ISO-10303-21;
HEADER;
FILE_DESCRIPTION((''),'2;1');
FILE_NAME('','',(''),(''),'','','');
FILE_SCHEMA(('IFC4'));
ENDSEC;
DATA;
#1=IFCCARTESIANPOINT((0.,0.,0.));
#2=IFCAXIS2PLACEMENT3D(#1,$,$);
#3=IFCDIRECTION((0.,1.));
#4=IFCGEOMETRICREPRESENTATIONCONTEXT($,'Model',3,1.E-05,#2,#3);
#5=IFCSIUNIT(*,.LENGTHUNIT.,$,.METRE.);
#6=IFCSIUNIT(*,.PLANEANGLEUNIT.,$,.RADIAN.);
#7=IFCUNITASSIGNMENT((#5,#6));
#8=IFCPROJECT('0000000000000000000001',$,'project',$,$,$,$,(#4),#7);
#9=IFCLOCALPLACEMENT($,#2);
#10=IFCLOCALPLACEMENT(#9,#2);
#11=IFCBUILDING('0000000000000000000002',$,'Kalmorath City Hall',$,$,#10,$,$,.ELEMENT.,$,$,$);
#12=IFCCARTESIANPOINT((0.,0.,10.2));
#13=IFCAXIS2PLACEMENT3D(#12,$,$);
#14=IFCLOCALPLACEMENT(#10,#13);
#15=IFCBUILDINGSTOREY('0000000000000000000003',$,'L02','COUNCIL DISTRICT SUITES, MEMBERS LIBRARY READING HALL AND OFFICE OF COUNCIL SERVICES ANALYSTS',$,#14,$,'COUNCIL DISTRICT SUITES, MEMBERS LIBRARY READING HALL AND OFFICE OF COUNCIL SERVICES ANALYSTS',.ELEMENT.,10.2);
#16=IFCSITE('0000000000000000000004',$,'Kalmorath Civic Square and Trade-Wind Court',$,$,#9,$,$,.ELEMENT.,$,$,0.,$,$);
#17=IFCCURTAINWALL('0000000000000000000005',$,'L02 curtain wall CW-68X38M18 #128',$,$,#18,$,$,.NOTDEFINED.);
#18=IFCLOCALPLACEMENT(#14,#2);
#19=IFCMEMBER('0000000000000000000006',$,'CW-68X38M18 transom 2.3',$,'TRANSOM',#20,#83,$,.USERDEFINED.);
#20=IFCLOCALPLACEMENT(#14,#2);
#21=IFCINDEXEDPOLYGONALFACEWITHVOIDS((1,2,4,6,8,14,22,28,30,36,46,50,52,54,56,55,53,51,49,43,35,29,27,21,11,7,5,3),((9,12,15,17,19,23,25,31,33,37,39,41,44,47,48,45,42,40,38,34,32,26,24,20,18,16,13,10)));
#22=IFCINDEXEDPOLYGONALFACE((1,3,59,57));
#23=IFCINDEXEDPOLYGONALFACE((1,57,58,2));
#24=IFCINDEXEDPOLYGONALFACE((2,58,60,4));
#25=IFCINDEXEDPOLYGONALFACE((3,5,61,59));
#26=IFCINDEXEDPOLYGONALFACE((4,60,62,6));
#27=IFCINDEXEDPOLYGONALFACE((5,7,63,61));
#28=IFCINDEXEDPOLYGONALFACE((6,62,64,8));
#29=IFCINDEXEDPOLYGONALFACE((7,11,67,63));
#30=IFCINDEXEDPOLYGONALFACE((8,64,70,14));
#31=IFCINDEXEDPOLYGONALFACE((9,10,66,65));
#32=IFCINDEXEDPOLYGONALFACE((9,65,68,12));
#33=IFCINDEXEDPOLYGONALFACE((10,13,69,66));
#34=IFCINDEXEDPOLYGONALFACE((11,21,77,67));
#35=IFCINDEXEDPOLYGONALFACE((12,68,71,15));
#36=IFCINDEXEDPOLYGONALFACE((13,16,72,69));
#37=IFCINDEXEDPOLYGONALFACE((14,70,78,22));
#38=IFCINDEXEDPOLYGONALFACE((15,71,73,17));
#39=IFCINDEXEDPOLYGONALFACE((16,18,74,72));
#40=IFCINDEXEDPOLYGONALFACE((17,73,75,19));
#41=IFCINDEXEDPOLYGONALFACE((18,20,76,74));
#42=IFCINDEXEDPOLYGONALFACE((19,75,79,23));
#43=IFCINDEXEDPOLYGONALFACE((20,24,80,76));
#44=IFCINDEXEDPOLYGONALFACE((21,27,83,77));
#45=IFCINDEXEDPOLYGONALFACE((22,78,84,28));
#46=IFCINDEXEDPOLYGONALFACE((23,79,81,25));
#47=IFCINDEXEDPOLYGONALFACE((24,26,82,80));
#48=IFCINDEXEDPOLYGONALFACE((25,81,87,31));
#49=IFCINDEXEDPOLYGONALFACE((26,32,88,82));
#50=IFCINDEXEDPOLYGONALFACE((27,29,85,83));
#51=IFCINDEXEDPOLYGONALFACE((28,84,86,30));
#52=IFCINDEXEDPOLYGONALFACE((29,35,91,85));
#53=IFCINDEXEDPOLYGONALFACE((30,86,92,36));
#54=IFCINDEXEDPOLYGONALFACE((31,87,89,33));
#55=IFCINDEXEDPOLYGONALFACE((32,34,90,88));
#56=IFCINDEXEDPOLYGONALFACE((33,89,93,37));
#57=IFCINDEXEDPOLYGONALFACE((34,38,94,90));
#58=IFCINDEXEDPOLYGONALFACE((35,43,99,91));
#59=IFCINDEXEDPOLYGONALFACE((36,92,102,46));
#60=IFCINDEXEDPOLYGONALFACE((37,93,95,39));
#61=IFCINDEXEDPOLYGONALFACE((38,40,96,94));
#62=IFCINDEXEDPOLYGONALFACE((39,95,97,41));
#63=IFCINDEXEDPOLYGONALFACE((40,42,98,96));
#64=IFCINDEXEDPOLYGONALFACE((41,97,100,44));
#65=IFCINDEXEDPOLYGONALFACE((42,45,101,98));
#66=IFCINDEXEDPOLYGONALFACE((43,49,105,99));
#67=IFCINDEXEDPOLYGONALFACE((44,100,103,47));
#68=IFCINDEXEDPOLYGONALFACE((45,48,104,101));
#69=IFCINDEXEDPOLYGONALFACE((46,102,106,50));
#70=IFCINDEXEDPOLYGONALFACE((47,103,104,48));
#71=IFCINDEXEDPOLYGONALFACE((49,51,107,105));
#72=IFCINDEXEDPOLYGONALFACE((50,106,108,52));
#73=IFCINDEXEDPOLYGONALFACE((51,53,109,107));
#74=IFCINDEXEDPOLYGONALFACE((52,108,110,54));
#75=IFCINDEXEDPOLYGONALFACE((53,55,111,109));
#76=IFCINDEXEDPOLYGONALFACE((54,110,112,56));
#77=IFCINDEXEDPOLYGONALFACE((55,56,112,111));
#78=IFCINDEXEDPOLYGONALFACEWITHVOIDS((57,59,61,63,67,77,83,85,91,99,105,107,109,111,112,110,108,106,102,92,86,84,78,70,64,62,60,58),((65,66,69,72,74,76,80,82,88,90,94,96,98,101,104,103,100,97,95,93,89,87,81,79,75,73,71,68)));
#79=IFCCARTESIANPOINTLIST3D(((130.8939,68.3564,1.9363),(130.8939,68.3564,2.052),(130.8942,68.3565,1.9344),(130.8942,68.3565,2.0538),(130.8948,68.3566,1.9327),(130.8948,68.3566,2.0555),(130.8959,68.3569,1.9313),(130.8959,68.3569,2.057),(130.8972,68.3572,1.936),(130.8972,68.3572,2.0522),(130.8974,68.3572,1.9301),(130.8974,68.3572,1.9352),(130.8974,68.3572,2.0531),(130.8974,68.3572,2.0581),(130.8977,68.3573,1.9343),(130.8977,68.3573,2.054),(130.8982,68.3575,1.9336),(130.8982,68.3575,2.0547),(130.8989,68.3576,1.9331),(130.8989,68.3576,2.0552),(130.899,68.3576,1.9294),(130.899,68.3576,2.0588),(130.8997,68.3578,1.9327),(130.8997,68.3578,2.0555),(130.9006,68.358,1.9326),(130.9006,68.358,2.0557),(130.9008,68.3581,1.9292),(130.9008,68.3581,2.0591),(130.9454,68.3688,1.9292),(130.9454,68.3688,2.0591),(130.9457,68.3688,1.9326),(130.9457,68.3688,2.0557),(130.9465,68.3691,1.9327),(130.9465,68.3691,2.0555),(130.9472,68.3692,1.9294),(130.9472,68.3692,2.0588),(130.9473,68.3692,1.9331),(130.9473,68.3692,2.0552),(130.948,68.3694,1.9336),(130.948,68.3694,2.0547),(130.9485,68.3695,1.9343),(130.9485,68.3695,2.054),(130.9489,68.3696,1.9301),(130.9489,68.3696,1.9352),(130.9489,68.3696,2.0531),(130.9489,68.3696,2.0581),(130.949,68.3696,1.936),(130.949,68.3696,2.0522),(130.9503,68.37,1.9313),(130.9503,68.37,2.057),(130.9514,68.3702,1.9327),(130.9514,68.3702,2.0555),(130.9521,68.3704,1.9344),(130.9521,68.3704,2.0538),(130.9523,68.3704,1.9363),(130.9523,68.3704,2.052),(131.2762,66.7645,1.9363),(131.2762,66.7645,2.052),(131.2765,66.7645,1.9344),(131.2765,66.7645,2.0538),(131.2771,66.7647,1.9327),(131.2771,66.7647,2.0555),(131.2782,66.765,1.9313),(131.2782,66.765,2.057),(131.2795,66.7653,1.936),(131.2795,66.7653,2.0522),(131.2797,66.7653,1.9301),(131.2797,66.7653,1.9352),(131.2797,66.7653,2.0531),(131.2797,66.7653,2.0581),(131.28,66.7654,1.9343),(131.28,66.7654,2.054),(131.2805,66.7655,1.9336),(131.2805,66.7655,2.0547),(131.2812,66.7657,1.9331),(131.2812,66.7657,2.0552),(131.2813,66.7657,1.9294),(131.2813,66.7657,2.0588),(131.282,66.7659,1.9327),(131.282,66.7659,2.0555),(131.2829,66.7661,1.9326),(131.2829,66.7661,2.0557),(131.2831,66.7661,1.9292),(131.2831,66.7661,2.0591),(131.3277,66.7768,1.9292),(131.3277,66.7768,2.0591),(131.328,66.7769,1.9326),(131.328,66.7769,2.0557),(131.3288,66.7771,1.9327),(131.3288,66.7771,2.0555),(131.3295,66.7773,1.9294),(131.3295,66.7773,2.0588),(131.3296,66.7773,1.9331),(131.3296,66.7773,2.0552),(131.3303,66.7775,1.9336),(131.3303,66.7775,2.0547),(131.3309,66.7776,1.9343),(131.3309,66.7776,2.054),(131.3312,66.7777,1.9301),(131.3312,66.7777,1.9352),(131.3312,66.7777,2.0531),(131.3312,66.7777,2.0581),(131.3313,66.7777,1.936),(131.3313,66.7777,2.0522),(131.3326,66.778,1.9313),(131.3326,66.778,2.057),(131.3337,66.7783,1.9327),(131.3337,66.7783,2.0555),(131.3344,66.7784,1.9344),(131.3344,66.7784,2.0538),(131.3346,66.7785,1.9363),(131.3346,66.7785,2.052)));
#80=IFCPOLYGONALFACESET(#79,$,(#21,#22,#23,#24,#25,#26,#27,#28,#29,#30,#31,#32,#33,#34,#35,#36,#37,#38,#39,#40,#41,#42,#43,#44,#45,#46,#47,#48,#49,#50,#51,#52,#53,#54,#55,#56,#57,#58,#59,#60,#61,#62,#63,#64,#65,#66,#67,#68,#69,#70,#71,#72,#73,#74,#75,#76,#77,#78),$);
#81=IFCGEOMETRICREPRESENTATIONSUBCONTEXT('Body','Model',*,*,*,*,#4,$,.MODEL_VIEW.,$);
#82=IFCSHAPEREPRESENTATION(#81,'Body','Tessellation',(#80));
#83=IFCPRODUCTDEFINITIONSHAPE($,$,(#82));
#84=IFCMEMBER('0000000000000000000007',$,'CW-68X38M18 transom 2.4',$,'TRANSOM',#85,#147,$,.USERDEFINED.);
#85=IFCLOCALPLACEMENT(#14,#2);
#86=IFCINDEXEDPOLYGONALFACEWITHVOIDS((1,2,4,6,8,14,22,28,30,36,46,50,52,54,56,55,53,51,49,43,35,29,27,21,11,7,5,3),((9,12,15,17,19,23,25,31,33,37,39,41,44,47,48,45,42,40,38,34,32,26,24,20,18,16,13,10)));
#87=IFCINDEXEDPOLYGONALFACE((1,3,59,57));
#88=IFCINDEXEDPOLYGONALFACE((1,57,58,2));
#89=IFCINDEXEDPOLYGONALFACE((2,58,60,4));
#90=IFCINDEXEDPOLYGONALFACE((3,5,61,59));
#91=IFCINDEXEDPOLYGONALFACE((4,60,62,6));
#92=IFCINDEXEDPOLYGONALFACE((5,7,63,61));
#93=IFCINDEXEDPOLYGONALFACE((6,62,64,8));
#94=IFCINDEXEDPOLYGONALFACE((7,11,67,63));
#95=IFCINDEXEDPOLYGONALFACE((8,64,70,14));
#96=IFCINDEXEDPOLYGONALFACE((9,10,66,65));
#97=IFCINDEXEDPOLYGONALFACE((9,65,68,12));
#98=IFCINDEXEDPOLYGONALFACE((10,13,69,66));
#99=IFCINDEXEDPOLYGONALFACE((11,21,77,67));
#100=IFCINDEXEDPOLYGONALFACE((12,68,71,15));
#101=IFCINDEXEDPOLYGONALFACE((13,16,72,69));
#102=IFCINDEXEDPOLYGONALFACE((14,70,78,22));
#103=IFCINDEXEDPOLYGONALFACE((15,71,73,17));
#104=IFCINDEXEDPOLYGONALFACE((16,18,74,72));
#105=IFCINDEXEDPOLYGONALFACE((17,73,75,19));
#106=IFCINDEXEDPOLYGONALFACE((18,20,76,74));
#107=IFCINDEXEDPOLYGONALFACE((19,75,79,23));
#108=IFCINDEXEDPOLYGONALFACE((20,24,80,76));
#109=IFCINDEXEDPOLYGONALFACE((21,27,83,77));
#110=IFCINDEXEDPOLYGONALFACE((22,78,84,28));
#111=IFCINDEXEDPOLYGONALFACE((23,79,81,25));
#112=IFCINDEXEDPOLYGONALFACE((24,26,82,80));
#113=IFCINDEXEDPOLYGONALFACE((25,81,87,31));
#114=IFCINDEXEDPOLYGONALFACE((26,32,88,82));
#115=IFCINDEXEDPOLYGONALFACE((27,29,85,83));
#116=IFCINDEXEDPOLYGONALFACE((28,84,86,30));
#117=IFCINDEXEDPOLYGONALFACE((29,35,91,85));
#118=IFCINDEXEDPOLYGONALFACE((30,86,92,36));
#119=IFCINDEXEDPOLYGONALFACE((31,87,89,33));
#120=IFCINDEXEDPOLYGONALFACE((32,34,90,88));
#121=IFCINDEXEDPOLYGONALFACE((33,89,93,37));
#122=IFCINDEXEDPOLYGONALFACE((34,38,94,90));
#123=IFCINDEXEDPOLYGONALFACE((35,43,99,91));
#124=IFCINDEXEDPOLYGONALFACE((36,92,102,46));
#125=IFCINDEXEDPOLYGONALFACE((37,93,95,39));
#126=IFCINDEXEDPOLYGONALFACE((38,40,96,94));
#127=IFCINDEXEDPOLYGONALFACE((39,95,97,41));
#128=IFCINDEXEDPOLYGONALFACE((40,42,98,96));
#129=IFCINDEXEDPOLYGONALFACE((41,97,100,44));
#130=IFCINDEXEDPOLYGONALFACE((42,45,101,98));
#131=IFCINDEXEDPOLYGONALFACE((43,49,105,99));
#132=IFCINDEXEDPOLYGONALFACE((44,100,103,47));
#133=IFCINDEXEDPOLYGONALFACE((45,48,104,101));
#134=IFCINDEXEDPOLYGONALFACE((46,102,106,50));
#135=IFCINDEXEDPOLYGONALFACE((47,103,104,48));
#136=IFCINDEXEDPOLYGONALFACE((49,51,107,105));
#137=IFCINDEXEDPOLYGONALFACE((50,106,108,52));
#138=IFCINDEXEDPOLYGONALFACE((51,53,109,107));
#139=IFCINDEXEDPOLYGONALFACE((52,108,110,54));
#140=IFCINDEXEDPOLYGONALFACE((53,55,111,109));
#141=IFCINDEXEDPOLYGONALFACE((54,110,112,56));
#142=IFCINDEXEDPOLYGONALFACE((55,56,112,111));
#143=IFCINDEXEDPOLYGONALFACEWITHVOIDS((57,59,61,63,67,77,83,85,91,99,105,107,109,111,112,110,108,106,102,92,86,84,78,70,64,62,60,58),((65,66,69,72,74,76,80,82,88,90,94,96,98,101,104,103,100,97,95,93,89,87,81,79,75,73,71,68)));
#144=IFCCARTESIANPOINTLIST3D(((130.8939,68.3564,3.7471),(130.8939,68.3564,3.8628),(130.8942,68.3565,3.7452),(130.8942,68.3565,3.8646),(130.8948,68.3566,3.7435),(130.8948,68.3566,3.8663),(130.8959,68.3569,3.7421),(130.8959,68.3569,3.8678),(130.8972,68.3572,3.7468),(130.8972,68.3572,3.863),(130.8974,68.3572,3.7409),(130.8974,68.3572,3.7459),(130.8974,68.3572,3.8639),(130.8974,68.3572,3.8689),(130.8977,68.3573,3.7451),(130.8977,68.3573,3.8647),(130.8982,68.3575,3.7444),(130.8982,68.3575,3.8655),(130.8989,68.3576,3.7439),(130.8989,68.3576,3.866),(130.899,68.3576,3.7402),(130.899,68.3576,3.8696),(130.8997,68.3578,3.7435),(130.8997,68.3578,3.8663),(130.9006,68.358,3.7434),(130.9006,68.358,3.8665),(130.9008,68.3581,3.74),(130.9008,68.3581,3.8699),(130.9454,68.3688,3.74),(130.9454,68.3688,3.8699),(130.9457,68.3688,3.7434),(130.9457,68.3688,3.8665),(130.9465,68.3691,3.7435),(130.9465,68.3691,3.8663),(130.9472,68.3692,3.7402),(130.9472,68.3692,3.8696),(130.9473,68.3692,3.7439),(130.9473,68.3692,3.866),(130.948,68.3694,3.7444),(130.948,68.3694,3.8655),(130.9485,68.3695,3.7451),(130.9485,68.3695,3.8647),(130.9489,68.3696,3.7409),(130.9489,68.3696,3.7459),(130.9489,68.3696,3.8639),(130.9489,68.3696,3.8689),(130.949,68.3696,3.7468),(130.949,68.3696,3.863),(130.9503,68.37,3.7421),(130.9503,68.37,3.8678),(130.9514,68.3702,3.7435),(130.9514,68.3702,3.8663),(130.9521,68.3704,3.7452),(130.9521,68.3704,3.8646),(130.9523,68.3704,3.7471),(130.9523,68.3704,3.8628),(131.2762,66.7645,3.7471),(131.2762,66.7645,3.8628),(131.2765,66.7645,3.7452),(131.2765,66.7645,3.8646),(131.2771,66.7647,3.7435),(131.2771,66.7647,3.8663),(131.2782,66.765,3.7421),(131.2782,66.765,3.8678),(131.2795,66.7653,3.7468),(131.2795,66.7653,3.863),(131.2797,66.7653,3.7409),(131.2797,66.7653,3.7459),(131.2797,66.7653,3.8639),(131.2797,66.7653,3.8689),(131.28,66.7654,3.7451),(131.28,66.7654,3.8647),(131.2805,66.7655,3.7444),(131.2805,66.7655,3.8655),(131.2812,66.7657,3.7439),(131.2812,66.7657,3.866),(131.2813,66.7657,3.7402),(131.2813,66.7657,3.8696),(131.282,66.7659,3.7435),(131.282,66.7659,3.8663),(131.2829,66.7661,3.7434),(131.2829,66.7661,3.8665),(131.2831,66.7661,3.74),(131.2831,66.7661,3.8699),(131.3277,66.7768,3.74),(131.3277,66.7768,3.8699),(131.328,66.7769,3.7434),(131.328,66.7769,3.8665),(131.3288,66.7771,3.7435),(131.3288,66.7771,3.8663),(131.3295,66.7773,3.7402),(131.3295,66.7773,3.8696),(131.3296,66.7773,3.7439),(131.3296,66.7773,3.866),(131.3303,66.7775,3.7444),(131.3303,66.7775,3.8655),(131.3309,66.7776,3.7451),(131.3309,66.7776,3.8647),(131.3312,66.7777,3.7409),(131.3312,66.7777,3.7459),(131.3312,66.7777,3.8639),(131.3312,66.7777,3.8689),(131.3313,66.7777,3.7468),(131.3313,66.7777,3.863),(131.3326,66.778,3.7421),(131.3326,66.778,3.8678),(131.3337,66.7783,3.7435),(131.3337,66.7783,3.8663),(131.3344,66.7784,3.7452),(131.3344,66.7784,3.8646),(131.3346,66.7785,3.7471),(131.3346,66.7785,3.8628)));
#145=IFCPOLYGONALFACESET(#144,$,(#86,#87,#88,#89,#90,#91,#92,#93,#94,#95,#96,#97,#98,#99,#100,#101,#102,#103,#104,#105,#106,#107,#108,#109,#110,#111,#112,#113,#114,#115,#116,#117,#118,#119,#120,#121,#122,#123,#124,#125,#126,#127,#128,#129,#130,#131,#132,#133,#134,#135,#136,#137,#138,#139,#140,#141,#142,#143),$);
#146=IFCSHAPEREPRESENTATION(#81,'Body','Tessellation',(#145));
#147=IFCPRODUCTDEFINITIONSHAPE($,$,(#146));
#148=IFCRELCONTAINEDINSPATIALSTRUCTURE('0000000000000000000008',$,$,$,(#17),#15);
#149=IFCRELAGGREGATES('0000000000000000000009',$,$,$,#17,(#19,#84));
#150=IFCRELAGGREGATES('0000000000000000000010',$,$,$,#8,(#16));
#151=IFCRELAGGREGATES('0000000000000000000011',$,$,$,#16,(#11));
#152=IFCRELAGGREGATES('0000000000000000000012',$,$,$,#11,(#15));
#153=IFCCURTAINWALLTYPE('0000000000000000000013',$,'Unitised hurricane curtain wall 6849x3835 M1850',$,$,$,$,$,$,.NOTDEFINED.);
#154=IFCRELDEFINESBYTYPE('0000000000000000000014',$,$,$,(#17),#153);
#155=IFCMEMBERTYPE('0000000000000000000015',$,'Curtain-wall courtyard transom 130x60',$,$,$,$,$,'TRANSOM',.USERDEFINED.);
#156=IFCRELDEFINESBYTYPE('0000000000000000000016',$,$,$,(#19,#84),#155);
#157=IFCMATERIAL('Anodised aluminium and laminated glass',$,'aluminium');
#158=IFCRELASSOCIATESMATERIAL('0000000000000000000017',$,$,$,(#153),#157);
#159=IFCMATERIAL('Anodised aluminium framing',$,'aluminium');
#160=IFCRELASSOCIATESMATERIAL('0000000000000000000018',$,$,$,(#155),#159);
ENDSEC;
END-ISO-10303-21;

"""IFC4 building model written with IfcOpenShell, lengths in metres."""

from ifc_helpers import new_model, si_unit, direction, frame, origin, origin_2d, place, context, subcontext, project, spatial, hollow_rectangle, extrude, material, material_profile, profile_set, type_object, element, aggregate, save


model = new_model("IFC4")

# Units and contexts
model_context = context("Model", 3, precision=1e-05, world=origin(), true_north=direction((0.0, 1.0)))
body_context = subcontext(model_context, "Body", "Model", "MODEL_VIEW")
ifc_project = project(units=[si_unit("LENGTHUNIT", "METRE"), si_unit("PLANEANGLEUNIT", "RADIAN")], contexts=[model_context])

# Site, building, storey
site_placement = place(None, origin())
site = spatial("IfcSite", under=ifc_project, at=site_placement, Name="Kalmorath Civic Square and Trade-Wind Court", CompositionType="ELEMENT", RefElevation=0.0)
building_placement = place(site_placement, origin())
building = spatial("IfcBuilding", under=site, at=building_placement, Name="Kalmorath City Hall", CompositionType="ELEMENT")
storey_placement = place(building_placement, frame((0.0, 0.0, 10.2)))
storey = spatial("IfcBuildingStorey", under=building, at=storey_placement, Name="L02", Description="COUNCIL DISTRICT SUITES, MEMBERS LIBRARY READING HALL AND OFFICE OF COUNCIL SERVICES ANALYSTS", LongName="COUNCIL DISTRICT SUITES, MEMBERS LIBRARY READING HALL AND OFFICE OF COUNCIL SERVICES ANALYSTS", CompositionType="ELEMENT", Elevation=10.2)

# Curtain wall, members
ifc_material_1 = material(Name="Anodised aluminium and laminated glass", Category="aluminium")
curtain_wall_type = type_object("IfcCurtainWallType", Name="Unitised hurricane curtain wall 6849x3835 M1850", PredefinedType="NOTDEFINED", material=ifc_material_1)
ifc_material_2 = material(Name="Anodised aluminium framing", Category="aluminium")
ifc_material_profile_1 = material_profile(ifc_material_2, hollow_rectangle(XDim=0.0601, YDim=0.1299, WallThickness=0.0034, InnerFilletRadius=0.0034, OuterFilletRadius=0.0071, at=origin_2d()), Name="ALU-TRN-130X60X3.5")
ifc_profile_set_1 = profile_set([ifc_material_profile_1], Name="Anodised aluminium framing")
member_type_1 = type_object("IfcMemberType", Name="Curtain-wall courtyard transom 130x60", ElementType="TRANSOM", PredefinedType="USERDEFINED", material=ifc_profile_set_1)
curtain_wall_1_placement = place(storey_placement, origin())
curtain_wall_1 = element("IfcCurtainWall", 1, at=curtain_wall_1_placement, inside=storey, type_object=curtain_wall_type, Name="L02 curtain wall CW-68X38M18 #128", PredefinedType="NOTDEFINED")
member_1_placement = place(storey_placement, frame((131.3054, 66.7715, 1.9941), z_axis=(-0.233508, 0.972355, 0.0), x_axis=(-0.972355, -0.233508, 0.0)))
member_1 = element("IfcMember", 2, at=member_1_placement, type_object=member_type_1, Name="CW-68X38M18 transom 2.3", ObjectType="TRANSOM", PredefinedType="USERDEFINED", context=body_context, shape_type="SweptSolid", body=[
    extrude(hollow_rectangle(XDim=0.0601, YDim=0.1299, WallThickness=0.0034, InnerFilletRadius=0.0034, OuterFilletRadius=0.0071, at=origin_2d()), origin(), (0.0, 0.0, 1.0), 1.6372),
])
member_2_placement = place(storey_placement, frame((131.3054, 66.7715, 3.8049), z_axis=(-0.233508, 0.972355, 0.0), x_axis=(-0.972355, -0.233508, 0.0)))
member_2 = element("IfcMember", 3, at=member_2_placement, type_object=member_type_1, Name="CW-68X38M18 transom 2.4", ObjectType="TRANSOM", PredefinedType="USERDEFINED", context=body_context, shape_type="SweptSolid", body=[
    extrude(hollow_rectangle(XDim=0.0601, YDim=0.1299, WallThickness=0.0034, InnerFilletRadius=0.0034, OuterFilletRadius=0.0071, at=origin_2d()), origin(), (0.0, 0.0, 1.0), 1.6372),
])

aggregate(curtain_wall_1, [member_1, member_2])

save(model, "model.ifc")
